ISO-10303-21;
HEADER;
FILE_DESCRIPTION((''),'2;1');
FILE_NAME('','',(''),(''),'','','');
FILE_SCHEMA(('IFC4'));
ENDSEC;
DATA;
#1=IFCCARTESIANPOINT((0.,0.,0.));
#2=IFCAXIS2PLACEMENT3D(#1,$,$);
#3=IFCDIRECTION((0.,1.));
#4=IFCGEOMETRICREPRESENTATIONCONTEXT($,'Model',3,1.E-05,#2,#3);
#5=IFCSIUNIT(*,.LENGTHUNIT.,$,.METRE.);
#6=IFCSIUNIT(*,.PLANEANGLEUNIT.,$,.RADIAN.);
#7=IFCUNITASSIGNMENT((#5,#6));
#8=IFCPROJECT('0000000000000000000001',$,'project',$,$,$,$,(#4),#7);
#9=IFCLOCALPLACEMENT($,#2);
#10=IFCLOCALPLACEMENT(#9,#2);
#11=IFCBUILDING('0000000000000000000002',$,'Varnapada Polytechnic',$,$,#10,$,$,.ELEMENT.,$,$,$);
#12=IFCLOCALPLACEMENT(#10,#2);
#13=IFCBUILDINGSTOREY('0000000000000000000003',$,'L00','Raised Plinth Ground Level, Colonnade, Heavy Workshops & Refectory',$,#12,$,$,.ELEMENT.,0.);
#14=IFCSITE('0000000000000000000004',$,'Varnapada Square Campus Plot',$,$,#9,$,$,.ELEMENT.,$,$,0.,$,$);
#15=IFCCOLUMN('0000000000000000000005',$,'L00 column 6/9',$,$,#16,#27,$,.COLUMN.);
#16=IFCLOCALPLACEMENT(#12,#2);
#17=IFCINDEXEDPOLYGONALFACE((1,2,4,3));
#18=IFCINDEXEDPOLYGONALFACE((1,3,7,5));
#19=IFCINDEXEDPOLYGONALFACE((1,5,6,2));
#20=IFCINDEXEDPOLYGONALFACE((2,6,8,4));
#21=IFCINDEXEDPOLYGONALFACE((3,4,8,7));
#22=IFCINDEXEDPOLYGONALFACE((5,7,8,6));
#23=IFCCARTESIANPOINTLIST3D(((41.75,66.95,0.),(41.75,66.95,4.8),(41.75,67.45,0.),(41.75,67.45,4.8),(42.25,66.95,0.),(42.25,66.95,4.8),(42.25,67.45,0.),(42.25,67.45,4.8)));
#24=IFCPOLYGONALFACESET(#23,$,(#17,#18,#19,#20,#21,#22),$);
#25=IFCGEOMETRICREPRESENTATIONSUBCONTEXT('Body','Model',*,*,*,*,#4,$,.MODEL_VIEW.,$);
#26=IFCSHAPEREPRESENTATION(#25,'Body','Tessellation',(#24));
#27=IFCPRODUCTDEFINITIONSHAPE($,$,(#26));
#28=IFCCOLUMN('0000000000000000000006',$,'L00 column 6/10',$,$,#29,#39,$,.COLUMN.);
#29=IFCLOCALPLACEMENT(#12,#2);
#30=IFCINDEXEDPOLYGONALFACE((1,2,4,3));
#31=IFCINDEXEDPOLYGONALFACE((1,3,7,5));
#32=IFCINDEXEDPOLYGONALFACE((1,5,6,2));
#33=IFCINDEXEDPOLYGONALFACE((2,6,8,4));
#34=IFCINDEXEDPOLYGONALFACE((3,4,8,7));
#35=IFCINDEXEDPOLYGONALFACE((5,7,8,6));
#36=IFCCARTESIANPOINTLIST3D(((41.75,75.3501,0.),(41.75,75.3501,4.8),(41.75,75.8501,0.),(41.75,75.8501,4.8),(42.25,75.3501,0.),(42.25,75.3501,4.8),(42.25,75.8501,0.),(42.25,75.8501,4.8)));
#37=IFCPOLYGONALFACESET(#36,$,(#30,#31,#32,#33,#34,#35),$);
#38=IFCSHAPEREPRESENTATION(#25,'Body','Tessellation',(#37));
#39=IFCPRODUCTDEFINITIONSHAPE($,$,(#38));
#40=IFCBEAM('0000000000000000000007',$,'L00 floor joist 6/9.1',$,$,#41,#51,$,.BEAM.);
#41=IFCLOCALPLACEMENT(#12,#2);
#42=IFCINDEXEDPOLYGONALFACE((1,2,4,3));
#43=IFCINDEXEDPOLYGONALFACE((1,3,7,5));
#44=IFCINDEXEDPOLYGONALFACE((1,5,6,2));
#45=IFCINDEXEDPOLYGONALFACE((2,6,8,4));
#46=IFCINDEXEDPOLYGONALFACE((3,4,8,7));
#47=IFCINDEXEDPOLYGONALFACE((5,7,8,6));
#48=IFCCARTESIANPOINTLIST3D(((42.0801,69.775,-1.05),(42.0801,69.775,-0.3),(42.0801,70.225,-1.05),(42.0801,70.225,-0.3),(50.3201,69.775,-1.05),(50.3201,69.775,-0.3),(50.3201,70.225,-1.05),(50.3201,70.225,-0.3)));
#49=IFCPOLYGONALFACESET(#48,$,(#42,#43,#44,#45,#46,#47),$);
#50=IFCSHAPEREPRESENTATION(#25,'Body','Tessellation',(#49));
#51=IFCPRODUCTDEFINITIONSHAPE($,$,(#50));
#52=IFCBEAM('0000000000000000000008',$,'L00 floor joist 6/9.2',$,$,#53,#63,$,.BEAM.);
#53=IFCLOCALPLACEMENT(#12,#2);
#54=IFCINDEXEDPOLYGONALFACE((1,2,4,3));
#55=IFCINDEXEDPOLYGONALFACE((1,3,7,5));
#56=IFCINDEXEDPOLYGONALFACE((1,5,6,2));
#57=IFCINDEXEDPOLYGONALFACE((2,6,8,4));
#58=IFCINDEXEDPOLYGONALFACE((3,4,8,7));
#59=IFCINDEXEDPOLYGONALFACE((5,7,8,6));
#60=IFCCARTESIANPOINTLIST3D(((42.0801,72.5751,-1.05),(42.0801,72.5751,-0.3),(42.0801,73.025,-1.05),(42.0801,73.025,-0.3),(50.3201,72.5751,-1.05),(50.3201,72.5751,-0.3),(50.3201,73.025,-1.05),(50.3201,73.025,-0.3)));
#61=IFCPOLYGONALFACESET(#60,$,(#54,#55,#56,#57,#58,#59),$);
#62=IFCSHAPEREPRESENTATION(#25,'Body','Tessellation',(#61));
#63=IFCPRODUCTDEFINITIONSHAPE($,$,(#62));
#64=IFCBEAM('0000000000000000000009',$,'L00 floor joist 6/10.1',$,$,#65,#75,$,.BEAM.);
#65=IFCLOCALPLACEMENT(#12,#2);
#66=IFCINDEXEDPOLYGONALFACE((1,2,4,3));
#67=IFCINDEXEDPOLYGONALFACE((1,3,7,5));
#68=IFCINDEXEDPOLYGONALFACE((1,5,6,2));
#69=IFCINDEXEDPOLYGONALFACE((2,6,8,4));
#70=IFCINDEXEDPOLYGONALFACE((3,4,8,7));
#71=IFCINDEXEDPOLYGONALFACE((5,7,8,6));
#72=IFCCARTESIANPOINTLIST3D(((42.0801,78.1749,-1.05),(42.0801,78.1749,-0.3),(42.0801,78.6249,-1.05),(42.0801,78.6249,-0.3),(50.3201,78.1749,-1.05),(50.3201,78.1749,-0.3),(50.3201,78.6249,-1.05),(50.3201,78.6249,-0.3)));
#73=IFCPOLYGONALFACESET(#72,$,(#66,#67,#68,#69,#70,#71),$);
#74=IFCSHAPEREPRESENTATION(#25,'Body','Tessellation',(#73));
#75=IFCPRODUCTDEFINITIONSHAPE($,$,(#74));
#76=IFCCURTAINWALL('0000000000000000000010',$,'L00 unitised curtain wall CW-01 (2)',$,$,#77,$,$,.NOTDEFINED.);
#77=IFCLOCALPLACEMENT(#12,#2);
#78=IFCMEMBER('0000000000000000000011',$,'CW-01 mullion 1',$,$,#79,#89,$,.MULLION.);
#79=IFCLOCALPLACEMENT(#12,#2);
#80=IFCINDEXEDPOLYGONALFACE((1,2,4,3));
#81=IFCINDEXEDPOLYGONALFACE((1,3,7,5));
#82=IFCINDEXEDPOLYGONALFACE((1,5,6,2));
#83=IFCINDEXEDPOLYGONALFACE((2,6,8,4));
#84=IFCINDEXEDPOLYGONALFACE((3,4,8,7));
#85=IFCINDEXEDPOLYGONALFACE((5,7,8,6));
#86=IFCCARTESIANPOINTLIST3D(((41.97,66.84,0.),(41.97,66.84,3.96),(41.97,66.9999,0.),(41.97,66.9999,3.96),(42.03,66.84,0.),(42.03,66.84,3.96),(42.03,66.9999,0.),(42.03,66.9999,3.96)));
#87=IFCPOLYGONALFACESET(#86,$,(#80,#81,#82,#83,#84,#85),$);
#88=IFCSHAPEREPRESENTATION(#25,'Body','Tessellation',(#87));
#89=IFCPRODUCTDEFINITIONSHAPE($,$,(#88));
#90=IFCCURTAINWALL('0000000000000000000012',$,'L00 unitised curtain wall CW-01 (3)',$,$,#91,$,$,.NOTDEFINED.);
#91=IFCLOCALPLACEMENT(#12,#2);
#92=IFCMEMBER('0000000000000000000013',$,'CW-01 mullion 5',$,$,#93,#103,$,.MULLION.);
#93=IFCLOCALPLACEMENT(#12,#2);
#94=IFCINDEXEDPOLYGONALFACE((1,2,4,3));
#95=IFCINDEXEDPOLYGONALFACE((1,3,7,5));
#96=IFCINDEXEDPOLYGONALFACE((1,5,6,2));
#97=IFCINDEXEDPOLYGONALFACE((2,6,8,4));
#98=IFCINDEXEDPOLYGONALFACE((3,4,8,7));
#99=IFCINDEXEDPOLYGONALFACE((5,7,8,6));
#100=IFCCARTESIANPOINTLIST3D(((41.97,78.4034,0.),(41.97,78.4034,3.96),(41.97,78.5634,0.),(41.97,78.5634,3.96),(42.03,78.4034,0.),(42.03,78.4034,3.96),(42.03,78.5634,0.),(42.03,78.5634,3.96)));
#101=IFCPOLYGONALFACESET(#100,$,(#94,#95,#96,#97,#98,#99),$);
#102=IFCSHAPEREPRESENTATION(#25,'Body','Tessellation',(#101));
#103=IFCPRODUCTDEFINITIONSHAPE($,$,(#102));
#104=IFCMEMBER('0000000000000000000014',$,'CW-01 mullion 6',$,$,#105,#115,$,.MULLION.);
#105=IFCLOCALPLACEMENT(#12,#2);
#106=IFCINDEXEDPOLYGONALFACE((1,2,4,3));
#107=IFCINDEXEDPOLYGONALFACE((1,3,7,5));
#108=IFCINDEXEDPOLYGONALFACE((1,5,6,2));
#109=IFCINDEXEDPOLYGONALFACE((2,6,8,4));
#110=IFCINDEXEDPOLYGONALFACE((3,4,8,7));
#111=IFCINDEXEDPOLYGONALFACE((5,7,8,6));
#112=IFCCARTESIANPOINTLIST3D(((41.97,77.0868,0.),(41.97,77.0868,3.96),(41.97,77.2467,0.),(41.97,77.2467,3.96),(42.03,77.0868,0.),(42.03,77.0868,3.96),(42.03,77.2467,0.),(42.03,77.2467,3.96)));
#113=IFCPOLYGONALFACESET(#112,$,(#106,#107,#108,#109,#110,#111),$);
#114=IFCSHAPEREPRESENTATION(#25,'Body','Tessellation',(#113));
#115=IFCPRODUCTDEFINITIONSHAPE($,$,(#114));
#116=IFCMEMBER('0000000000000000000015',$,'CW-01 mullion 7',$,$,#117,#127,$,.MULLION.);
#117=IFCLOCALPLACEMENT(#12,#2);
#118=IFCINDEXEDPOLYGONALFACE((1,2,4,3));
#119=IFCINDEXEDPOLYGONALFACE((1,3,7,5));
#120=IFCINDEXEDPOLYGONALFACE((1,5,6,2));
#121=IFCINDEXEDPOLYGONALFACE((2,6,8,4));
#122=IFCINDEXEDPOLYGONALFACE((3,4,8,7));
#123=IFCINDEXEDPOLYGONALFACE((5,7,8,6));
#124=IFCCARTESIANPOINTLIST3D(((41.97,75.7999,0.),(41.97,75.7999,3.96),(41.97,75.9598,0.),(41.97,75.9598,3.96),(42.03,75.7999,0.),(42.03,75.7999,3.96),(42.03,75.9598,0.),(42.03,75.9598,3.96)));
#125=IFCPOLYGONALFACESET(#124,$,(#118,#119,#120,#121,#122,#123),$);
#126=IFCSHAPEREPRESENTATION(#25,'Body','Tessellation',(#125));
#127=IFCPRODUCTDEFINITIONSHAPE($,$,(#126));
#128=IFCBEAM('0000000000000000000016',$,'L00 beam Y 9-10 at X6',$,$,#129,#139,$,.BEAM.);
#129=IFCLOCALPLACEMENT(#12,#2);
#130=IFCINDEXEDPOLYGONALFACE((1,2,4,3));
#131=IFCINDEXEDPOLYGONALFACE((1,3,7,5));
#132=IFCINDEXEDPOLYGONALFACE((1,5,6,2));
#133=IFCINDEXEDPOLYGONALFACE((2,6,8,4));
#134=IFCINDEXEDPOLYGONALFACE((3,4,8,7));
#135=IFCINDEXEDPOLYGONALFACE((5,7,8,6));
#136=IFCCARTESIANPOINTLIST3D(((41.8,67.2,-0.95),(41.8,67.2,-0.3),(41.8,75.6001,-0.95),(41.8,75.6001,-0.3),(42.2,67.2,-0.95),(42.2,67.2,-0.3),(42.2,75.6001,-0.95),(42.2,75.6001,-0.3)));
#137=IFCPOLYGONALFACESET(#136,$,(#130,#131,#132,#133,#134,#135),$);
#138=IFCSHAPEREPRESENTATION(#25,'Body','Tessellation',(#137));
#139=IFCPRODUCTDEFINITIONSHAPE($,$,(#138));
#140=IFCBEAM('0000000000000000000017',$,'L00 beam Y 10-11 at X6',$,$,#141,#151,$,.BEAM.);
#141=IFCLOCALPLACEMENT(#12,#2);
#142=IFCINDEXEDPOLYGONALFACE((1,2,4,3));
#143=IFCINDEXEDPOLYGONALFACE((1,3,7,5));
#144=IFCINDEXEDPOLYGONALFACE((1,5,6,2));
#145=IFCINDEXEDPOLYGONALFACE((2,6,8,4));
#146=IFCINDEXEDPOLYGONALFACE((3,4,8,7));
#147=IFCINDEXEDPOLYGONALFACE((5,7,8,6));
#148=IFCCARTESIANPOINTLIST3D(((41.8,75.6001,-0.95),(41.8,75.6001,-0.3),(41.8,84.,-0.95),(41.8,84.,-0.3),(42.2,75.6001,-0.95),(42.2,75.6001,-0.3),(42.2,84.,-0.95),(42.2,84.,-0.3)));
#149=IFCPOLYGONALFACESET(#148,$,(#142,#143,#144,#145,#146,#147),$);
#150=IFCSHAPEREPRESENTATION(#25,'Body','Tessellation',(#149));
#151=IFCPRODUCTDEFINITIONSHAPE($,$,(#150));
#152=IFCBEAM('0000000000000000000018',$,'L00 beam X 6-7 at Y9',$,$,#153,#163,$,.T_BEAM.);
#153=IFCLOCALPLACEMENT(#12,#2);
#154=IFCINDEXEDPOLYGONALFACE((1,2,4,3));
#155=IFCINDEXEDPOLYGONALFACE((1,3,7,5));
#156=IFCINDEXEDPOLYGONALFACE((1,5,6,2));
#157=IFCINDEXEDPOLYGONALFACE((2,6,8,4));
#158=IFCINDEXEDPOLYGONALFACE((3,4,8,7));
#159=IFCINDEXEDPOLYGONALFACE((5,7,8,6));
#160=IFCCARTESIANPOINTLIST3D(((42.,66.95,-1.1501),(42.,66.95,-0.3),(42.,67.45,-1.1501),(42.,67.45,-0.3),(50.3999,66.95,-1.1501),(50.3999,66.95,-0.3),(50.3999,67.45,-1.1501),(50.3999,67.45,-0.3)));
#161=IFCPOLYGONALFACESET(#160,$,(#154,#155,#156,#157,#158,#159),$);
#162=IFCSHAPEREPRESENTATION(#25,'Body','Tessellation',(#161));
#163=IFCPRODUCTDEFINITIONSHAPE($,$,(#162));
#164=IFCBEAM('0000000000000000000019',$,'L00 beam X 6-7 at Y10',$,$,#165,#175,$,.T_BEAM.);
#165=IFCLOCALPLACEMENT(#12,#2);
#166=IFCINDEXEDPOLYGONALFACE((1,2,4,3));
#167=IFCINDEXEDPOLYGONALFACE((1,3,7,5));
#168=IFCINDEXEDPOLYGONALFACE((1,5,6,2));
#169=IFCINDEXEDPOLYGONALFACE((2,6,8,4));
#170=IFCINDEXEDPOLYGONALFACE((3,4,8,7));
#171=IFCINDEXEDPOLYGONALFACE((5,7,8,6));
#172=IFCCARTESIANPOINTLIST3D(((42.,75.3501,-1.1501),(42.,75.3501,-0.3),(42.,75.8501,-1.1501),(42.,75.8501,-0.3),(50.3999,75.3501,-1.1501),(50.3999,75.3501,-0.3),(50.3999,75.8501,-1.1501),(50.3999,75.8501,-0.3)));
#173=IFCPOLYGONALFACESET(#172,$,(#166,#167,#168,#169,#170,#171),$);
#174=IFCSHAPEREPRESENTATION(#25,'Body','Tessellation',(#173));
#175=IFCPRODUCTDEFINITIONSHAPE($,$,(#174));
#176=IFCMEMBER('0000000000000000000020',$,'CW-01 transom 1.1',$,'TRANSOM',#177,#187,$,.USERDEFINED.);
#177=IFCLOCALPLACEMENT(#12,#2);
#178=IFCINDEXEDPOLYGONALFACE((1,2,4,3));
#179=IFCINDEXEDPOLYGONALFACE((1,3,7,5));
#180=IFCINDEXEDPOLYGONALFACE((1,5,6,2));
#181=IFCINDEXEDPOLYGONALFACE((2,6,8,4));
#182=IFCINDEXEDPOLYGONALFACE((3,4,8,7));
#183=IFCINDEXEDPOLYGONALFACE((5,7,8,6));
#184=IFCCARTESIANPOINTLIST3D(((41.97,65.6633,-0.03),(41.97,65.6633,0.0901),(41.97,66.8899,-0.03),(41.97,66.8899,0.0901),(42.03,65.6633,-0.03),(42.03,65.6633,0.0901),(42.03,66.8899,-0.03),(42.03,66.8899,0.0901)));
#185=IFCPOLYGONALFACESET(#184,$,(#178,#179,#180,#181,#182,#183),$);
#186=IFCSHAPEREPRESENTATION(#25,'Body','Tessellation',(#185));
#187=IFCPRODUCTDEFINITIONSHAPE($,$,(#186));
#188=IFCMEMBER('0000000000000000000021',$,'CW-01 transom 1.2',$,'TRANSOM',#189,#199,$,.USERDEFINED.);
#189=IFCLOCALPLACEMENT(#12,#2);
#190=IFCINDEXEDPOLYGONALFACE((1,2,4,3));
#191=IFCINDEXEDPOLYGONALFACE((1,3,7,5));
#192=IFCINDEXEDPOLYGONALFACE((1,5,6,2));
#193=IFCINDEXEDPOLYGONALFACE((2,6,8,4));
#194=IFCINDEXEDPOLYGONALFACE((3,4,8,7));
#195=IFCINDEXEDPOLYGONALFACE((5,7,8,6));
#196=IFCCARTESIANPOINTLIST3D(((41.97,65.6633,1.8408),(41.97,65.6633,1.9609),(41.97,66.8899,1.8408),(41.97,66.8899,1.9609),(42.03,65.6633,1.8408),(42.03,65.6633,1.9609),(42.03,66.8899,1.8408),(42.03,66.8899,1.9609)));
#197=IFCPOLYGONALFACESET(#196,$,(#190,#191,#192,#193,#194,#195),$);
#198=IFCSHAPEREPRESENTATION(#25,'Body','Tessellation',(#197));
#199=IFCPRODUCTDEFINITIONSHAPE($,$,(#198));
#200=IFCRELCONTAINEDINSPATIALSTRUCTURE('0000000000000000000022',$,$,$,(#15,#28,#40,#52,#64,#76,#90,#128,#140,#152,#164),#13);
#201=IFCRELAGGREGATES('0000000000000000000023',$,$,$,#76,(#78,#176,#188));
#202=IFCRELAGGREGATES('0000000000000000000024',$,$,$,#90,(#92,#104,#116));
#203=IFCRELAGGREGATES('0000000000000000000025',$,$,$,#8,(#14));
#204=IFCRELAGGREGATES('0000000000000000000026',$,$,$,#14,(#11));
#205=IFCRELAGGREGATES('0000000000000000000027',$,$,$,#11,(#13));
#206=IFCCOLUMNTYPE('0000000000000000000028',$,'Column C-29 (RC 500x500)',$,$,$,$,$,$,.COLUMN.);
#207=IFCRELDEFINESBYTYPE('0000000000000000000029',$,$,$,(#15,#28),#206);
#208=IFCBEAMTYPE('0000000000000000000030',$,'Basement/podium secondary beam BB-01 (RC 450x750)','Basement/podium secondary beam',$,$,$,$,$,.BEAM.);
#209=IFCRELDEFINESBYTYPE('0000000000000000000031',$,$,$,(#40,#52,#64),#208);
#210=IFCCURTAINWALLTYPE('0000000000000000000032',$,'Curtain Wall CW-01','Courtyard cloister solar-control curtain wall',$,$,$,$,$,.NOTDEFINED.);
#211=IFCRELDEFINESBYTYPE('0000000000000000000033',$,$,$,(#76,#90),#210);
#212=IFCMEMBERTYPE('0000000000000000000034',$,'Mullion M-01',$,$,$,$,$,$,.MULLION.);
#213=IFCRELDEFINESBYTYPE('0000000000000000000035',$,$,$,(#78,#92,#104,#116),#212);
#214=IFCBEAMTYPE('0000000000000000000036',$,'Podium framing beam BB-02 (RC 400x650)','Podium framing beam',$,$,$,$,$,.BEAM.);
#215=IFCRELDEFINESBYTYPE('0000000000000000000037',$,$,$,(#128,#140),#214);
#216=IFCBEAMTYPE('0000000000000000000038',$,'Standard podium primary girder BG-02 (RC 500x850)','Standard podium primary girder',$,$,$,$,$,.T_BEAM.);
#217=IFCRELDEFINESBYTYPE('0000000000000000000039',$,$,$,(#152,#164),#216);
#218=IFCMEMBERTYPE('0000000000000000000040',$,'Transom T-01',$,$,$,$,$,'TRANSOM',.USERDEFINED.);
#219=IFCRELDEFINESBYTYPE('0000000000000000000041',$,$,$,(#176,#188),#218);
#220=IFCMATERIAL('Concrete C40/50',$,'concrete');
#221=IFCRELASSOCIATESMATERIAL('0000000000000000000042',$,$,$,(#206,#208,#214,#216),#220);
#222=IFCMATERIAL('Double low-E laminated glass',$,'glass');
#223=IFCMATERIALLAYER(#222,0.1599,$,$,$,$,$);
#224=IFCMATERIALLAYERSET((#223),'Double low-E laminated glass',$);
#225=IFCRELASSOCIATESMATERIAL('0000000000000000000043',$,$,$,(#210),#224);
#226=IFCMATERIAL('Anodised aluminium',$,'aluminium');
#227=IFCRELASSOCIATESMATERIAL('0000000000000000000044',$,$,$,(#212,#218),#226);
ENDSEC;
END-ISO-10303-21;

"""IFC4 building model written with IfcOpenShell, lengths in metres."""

from ifc_helpers import new_model, si_unit, direction, frame, origin, origin_2d, place, context, subcontext, project, spatial, rectangle, extrude, material, layer, layer_set, material_profile, profile_set, type_object, element, aggregate, save


model = new_model("IFC4")

# Units and contexts
model_context = context("Model", 3, precision=1e-05, world=origin(), true_north=direction((0.0, 1.0)))
body_context = subcontext(model_context, "Body", "Model", "MODEL_VIEW")
ifc_project = project(units=[si_unit("LENGTHUNIT", "METRE"), si_unit("PLANEANGLEUNIT", "RADIAN")], contexts=[model_context])

# Site, building, storey
site_placement = place(None, origin())
site = spatial("IfcSite", under=ifc_project, at=site_placement, Name="Varnapada Square Campus Plot", CompositionType="ELEMENT", RefElevation=0.0)
building_placement = place(site_placement, origin())
building = spatial("IfcBuilding", under=site, at=building_placement, Name="Varnapada Polytechnic", CompositionType="ELEMENT")
storey_placement = place(building_placement, origin())
storey = spatial("IfcBuildingStorey", under=building, at=storey_placement, Name="L00", Description="Raised Plinth Ground Level, Colonnade, Heavy Workshops & Refectory", CompositionType="ELEMENT", Elevation=0.0)

# Columns
ifc_material_1 = material(Name="Concrete C40/50", Category="concrete")
ifc_material_profile_1 = material_profile(ifc_material_1, rectangle(XDim=0.5, YDim=0.5, at=origin_2d()), Name="RC 500x500")
ifc_profile_set_1 = profile_set([ifc_material_profile_1], Name="Concrete C40/50")
column_type = type_object("IfcColumnType", Name="Column C-29 (RC 500x500)", PredefinedType="COLUMN", material=ifc_profile_set_1)
for number, where, z_axis, x_axis, name in (
    (1, (42.0, 67.2, 0.0), (0.0, 0.0, 1.0), (1.0, 0.0, 0.0), "L00 column 6/9"),
    (2, (42.0, 75.6001, 0.0), (0.0, 0.0, 1.0), (1.0, 0.0, 0.0), "L00 column 6/10"),
):
    element("IfcColumn", number, at=place(storey_placement, frame(where, z_axis=z_axis, x_axis=x_axis)), inside=storey, type_object=column_type, Name=name, PredefinedType="COLUMN", context=body_context, shape_type="SweptSolid", body=[
        extrude(rectangle(XDim=0.5, YDim=0.5, at=origin_2d()), origin(), (0.0, 0.0, 1.0), 4.8),
    ])

# Beams
ifc_material_profile_2 = material_profile(ifc_material_1, rectangle(XDim=0.45, YDim=0.75, at=origin_2d()), Name="RC 450x750")
ifc_profile_set_2 = profile_set([ifc_material_profile_2], Name="Concrete C40/50")
beam_type_1 = type_object("IfcBeamType", Name="Basement/podium secondary beam BB-01 (RC 450x750)", Description="Basement/podium secondary beam", PredefinedType="BEAM", material=ifc_profile_set_2)
for number, where, z_axis, x_axis, name in (
    (3, (42.0801, 70.0, -0.675), (1.0, 0.0, 0.0), (0.0, 1.0, 0.0), "L00 floor joist 6/9.1"),
    (4, (42.0801, 72.8, -0.675), (1.0, 0.0, 0.0), (0.0, 1.0, 0.0), "L00 floor joist 6/9.2"),
    (5, (42.0801, 78.3999, -0.675), (1.0, 0.0, 0.0), (0.0, 1.0, 0.0), "L00 floor joist 6/10.1"),
):
    element("IfcBeam", number, at=place(storey_placement, frame(where, z_axis=z_axis, x_axis=x_axis)), inside=storey, type_object=beam_type_1, Name=name, PredefinedType="BEAM", context=body_context, shape_type="SweptSolid", body=[
        extrude(rectangle(XDim=0.45, YDim=0.75, at=origin_2d()), origin(), (0.0, 0.0, 1.0), 8.24),
    ])

# Curtain wall, member
ifc_material_2 = material(Name="Double low-E laminated glass", Category="glass")
ifc_layer_1 = layer(ifc_material_2, 0.1599)
ifc_layer_set_1 = layer_set([ifc_layer_1], Name="Double low-E laminated glass")
curtain_wall_type = type_object("IfcCurtainWallType", Name="Curtain Wall CW-01", Description="Courtyard cloister solar-control curtain wall", PredefinedType="NOTDEFINED", material=ifc_layer_set_1)
curtain_wall_1_placement = place(storey_placement, origin())
curtain_wall_1 = element("IfcCurtainWall", 6, at=curtain_wall_1_placement, inside=storey, type_object=curtain_wall_type, Name="L00 unitised curtain wall CW-01 (2)", PredefinedType="NOTDEFINED")
ifc_material_3 = material(Name="Anodised aluminium", Category="aluminium")
ifc_material_profile_3 = material_profile(ifc_material_3, rectangle(XDim=0.0601, YDim=0.1599, at=origin_2d()), Name="ALU M60x160")
ifc_profile_set_3 = profile_set([ifc_material_profile_3], Name="Anodised aluminium")
member_type_1 = type_object("IfcMemberType", Name="Mullion M-01", PredefinedType="MULLION", material=ifc_profile_set_3)
member_1_placement = place(storey_placement, frame((42.0, 66.9199, 0.0), z_axis=(0.0, 0.0, 1.0), x_axis=(1.0, 0.0, 0.0)))
member_1 = element("IfcMember", 7, at=member_1_placement, type_object=member_type_1, Name="CW-01 mullion 1", PredefinedType="MULLION", context=body_context, shape_type="SweptSolid", body=[
    extrude(rectangle(XDim=0.0601, YDim=0.1599, at=origin_2d()), origin(), (0.0, 0.0, 1.0), 3.96),
])

# Curtain wall, members
curtain_wall_2_placement = place(storey_placement, origin())
curtain_wall_2 = element("IfcCurtainWall", 8, at=curtain_wall_2_placement, inside=storey, type_object=curtain_wall_type, Name="L00 unitised curtain wall CW-01 (3)", PredefinedType="NOTDEFINED")
member_2_placement = place(storey_placement, frame((42.0, 78.4834, 0.0), z_axis=(0.0, 0.0, 1.0), x_axis=(1.0, 0.0, 0.0)))
member_2 = element("IfcMember", 9, at=member_2_placement, type_object=member_type_1, Name="CW-01 mullion 5", PredefinedType="MULLION", context=body_context, shape_type="SweptSolid", body=[
    extrude(rectangle(XDim=0.0601, YDim=0.1599, at=origin_2d()), origin(), (0.0, 0.0, 1.0), 3.96),
])
member_3_placement = place(storey_placement, frame((42.0, 77.1667, 0.0), z_axis=(0.0, 0.0, 1.0), x_axis=(1.0, 0.0, 0.0)))
member_3 = element("IfcMember", 10, at=member_3_placement, type_object=member_type_1, Name="CW-01 mullion 6", PredefinedType="MULLION", context=body_context, shape_type="SweptSolid", body=[
    extrude(rectangle(XDim=0.0601, YDim=0.1599, at=origin_2d()), origin(), (0.0, 0.0, 1.0), 3.96),
])
member_4_placement = place(storey_placement, frame((42.0, 75.8799, 0.0), z_axis=(0.0, 0.0, 1.0), x_axis=(1.0, 0.0, 0.0)))
member_4 = element("IfcMember", 11, at=member_4_placement, type_object=member_type_1, Name="CW-01 mullion 7", PredefinedType="MULLION", context=body_context, shape_type="SweptSolid", body=[
    extrude(rectangle(XDim=0.0601, YDim=0.1599, at=origin_2d()), origin(), (0.0, 0.0, 1.0), 3.96),
])

# Beams
ifc_material_profile_4 = material_profile(ifc_material_1, rectangle(XDim=0.3999, YDim=0.6499, at=origin_2d()), Name="RC 400x650")
ifc_profile_set_4 = profile_set([ifc_material_profile_4], Name="Concrete C40/50")
beam_type_2 = type_object("IfcBeamType", Name="Podium framing beam BB-02 (RC 400x650)", Description="Podium framing beam", PredefinedType="BEAM", material=ifc_profile_set_4)
beam_1_placement = place(storey_placement, frame((42.0, 67.2, -0.625), z_axis=(0.0, 1.0, 0.0), x_axis=(-1.0, 0.0, 0.0)))
element("IfcBeam", 12, at=beam_1_placement, inside=storey, type_object=beam_type_2, Name="L00 beam Y 9-10 at X6", PredefinedType="BEAM", context=body_context, shape_type="SweptSolid", body=[
    extrude(rectangle(XDim=0.3999, YDim=0.6499, at=origin_2d()), origin(), (0.0, 0.0, 1.0), 8.4001),
])
beam_2_placement = place(storey_placement, frame((42.0, 75.6001, -0.625), z_axis=(0.0, 1.0, 0.0), x_axis=(-1.0, 0.0, 0.0)))
element("IfcBeam", 13, at=beam_2_placement, inside=storey, type_object=beam_type_2, Name="L00 beam Y 10-11 at X6", PredefinedType="BEAM", context=body_context, shape_type="SweptSolid", body=[
    extrude(rectangle(XDim=0.3999, YDim=0.6499, at=origin_2d()), origin(), (0.0, 0.0, 1.0), 8.3999),
])
ifc_material_profile_5 = material_profile(ifc_material_1, rectangle(XDim=0.5, YDim=0.8501, at=origin_2d()), Name="RC 500x850")
ifc_profile_set_5 = profile_set([ifc_material_profile_5], Name="Concrete C40/50")
beam_type_3 = type_object("IfcBeamType", Name="Standard podium primary girder BG-02 (RC 500x850)", Description="Standard podium primary girder", PredefinedType="T_BEAM", material=ifc_profile_set_5)
for number, where, z_axis, x_axis, name in (
    (14, (42.0, 67.2, -0.7251), (1.0, 0.0, 0.0), (0.0, 1.0, 0.0), "L00 beam X 6-7 at Y9"),
    (15, (42.0, 75.6001, -0.7251), (1.0, 0.0, 0.0), (0.0, 1.0, 0.0), "L00 beam X 6-7 at Y10"),
):
    element("IfcBeam", number, at=place(storey_placement, frame(where, z_axis=z_axis, x_axis=x_axis)), inside=storey, type_object=beam_type_3, Name=name, PredefinedType="T_BEAM", context=body_context, shape_type="SweptSolid", body=[
        extrude(rectangle(XDim=0.5, YDim=0.8501, at=origin_2d()), origin(), (0.0, 0.0, 1.0), 8.3999),
    ])

# Members
ifc_material_profile_6 = material_profile(ifc_material_3, rectangle(XDim=0.0601, YDim=0.1201, at=origin_2d()), Name="ALU T60x120")
ifc_profile_set_6 = profile_set([ifc_material_profile_6], Name="Anodised aluminium")
member_type_2 = type_object("IfcMemberType", Name="Transom T-01", ElementType="TRANSOM", PredefinedType="USERDEFINED", material=ifc_profile_set_6)
member_5_placement = place(storey_placement, frame((42.0, 66.8899, 0.03), z_axis=(0.0, -1.0, 0.0), x_axis=(1.0, 0.0, 0.0)))
member_5 = element("IfcMember", 16, at=member_5_placement, type_object=member_type_2, Name="CW-01 transom 1.1", ObjectType="TRANSOM", PredefinedType="USERDEFINED", context=body_context, shape_type="SweptSolid", body=[
    extrude(rectangle(XDim=0.0601, YDim=0.1201, at=origin_2d()), origin(), (0.0, 0.0, 1.0), 1.2266),
])
member_6_placement = place(storey_placement, frame((42.0, 66.8899, 1.9009), z_axis=(0.0, -1.0, 0.0), x_axis=(1.0, 0.0, 0.0)))
member_6 = element("IfcMember", 17, at=member_6_placement, type_object=member_type_2, Name="CW-01 transom 1.2", ObjectType="TRANSOM", PredefinedType="USERDEFINED", context=body_context, shape_type="SweptSolid", body=[
    extrude(rectangle(XDim=0.0601, YDim=0.1201, at=origin_2d()), origin(), (0.0, 0.0, 1.0), 1.2266),
])
aggregate(curtain_wall_1, [member_1, member_5, member_6])

aggregate(curtain_wall_2, [member_2, member_3, member_4])

save(model, "model.ifc")
